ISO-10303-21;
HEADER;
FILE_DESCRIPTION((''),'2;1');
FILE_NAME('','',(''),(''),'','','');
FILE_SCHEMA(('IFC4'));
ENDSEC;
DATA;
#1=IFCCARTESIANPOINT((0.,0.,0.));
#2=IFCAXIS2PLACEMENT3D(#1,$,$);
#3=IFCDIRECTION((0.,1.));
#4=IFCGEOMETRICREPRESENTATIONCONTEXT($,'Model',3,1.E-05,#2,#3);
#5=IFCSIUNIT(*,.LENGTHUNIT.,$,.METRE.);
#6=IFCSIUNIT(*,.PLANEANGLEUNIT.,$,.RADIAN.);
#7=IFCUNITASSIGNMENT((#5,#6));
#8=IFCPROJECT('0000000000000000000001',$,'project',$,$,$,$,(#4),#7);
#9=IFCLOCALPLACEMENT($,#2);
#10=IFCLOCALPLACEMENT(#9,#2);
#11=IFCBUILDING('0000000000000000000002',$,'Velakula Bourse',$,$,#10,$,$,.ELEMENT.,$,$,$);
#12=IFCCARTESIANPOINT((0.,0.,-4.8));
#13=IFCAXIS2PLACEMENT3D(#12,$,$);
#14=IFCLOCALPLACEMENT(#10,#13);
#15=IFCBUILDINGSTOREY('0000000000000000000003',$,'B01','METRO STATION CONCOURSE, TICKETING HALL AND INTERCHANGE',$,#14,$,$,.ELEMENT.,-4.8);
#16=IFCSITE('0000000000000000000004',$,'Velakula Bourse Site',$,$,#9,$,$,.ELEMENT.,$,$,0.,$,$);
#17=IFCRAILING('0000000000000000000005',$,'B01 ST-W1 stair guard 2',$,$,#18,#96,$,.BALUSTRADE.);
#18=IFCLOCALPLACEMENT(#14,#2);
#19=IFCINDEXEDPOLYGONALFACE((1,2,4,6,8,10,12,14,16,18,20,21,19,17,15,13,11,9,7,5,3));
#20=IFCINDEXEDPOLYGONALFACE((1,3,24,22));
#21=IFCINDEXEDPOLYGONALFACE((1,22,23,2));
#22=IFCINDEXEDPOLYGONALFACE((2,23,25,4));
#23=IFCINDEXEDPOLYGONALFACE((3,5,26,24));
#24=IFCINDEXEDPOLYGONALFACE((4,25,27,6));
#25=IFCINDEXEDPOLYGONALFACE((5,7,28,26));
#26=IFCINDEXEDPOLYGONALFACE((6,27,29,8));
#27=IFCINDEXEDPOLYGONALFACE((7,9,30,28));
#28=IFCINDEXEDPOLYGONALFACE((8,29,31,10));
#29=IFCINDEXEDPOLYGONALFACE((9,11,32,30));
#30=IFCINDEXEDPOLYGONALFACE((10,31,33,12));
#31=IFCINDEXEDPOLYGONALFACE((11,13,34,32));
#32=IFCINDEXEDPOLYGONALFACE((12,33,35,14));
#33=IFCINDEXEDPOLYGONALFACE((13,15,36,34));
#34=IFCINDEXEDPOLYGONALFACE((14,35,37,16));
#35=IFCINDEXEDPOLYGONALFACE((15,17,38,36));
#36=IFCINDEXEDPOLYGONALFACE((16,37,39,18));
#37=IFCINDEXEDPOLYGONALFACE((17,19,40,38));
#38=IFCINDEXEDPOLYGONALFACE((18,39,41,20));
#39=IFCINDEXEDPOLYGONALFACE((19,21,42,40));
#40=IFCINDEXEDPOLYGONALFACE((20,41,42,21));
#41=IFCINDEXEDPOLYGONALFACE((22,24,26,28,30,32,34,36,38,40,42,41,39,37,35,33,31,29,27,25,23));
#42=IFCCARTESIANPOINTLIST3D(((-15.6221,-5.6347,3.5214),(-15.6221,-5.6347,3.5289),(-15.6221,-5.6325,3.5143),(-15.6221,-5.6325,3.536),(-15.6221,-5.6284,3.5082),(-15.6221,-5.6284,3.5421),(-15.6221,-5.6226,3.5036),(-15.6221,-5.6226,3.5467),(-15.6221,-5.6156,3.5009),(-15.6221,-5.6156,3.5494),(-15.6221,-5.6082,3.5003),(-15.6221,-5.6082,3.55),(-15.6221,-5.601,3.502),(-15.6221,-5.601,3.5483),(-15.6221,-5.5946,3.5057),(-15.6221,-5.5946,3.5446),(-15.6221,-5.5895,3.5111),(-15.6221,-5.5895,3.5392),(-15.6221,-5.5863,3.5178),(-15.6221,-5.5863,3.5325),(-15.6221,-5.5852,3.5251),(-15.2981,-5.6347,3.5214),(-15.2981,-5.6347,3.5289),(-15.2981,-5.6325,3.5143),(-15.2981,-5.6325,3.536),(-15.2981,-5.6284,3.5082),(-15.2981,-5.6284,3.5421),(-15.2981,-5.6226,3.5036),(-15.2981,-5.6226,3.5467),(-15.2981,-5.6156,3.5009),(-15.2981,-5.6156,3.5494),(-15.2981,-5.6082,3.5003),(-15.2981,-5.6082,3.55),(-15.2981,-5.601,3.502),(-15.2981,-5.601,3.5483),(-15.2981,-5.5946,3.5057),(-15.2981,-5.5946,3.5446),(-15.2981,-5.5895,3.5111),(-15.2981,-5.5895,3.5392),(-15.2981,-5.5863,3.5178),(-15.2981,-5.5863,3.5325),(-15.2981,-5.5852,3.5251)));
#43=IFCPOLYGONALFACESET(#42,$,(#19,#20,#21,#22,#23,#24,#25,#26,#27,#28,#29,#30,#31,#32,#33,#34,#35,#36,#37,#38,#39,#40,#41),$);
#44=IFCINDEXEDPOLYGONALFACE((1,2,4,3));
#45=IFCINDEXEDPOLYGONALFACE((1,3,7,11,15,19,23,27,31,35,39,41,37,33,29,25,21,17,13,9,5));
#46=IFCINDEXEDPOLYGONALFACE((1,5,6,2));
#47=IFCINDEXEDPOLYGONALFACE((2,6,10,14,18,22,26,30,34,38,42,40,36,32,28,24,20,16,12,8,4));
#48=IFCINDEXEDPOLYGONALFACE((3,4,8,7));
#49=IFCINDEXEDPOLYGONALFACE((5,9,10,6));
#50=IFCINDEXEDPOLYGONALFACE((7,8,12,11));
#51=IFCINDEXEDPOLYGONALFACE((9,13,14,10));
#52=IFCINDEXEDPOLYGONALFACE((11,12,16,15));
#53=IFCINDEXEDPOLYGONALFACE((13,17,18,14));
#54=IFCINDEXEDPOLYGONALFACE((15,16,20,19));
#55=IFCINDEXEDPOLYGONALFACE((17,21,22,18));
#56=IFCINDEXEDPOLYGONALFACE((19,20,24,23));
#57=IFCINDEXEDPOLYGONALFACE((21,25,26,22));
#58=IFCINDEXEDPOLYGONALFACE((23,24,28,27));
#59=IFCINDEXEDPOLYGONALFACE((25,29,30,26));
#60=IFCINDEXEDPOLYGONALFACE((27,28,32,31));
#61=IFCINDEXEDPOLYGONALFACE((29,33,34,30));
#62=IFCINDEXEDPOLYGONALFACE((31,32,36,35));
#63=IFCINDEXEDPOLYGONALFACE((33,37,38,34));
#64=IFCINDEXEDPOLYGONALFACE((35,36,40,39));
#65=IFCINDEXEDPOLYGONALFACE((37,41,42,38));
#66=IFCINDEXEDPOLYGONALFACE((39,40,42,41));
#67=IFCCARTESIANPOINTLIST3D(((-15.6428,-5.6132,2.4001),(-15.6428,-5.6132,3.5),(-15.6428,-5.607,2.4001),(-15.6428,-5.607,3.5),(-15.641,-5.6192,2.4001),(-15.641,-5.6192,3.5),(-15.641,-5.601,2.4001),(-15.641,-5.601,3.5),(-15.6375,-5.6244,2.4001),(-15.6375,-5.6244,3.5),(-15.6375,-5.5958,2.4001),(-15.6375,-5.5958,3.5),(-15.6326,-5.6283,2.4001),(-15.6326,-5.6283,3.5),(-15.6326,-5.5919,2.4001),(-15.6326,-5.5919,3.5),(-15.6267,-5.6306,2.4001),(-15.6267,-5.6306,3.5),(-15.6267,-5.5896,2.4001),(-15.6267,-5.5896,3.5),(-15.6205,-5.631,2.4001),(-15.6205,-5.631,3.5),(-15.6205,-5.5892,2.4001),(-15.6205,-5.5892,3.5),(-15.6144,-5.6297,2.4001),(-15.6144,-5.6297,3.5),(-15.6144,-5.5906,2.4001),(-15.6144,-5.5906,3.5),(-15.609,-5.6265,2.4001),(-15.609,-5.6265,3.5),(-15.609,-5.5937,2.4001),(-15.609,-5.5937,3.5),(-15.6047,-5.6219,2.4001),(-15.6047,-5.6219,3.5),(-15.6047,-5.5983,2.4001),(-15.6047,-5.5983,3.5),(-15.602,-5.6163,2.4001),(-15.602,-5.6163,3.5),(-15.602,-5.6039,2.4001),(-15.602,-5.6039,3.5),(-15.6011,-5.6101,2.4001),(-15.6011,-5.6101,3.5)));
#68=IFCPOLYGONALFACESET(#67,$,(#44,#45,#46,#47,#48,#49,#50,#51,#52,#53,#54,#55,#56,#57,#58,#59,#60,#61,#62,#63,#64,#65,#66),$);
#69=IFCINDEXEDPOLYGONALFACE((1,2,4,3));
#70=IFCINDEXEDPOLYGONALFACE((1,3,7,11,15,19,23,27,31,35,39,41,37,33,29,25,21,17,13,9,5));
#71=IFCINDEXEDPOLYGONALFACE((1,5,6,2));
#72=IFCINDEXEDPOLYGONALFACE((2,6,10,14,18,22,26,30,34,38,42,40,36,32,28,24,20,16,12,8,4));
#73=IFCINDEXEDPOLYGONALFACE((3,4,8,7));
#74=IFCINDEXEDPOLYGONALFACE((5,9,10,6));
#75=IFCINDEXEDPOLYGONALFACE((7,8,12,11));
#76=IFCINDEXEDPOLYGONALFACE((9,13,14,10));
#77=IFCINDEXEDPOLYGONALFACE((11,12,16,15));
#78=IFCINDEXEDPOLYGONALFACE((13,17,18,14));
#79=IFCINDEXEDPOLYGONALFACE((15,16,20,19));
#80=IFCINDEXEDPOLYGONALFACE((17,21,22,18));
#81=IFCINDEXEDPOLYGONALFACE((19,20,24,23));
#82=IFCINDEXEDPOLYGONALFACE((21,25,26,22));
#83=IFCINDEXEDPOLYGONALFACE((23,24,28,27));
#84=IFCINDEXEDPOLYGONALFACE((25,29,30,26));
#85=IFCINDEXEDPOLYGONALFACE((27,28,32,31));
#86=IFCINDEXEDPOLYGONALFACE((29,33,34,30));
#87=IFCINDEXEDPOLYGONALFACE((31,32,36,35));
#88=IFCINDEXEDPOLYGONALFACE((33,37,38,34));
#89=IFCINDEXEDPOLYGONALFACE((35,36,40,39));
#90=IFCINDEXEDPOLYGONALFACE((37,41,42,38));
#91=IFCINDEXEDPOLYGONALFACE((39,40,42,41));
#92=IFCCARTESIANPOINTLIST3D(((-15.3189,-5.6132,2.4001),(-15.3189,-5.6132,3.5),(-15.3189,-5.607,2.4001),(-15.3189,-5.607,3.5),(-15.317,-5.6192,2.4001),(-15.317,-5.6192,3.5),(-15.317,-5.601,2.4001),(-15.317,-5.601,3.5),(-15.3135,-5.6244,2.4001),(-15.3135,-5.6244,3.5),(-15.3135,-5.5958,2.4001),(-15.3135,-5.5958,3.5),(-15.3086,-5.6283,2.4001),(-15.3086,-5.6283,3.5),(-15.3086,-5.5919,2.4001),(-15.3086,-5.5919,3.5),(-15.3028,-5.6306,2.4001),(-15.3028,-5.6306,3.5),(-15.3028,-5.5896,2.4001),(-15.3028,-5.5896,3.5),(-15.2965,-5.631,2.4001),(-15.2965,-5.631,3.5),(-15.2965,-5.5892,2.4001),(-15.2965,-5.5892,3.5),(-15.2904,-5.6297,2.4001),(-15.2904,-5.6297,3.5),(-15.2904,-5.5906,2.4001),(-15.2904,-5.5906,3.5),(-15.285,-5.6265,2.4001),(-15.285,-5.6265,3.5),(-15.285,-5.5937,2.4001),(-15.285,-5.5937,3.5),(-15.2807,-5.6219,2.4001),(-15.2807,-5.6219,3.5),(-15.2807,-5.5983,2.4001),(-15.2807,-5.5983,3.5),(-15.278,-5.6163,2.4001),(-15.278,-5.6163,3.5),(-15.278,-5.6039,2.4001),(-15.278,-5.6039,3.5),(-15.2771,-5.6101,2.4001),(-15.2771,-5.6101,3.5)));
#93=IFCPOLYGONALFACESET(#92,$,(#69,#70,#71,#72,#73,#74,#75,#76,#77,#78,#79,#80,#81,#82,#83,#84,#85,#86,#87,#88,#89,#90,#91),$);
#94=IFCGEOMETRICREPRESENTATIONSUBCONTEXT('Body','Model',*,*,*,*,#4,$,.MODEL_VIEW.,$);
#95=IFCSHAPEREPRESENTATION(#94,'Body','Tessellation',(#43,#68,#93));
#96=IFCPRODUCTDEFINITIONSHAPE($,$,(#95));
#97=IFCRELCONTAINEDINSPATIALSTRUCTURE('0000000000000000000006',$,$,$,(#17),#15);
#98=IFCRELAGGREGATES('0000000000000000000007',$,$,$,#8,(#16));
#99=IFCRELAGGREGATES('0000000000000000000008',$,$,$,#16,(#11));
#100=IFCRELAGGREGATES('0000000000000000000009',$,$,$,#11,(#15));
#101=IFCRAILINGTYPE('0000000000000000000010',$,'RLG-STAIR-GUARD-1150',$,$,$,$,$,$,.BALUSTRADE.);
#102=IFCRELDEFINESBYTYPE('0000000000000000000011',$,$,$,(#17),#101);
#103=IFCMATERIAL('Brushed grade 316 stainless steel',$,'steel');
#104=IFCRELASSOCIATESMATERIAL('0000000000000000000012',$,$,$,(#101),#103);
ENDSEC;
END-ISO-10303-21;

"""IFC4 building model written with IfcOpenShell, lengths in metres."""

from ifc_helpers import new_model, si_unit, direction, frame, origin, origin_2d, place, context, subcontext, project, spatial, circle, extrude, material, type_object, element, save


model = new_model("IFC4")

# Units and contexts
model_context = context("Model", 3, precision=1e-05, world=origin(), true_north=direction((0.0, 1.0)))
body_context = subcontext(model_context, "Body", "Model", "MODEL_VIEW")
ifc_project = project(units=[si_unit("LENGTHUNIT", "METRE"), si_unit("PLANEANGLEUNIT", "RADIAN")], contexts=[model_context])

# Site, building, storey
site_placement = place(None, origin())
site = spatial("IfcSite", under=ifc_project, at=site_placement, Name="Velakula Bourse Site", CompositionType="ELEMENT", RefElevation=0.0)
building_placement = place(site_placement, origin())
building = spatial("IfcBuilding", under=site, at=building_placement, Name="Velakula Bourse", CompositionType="ELEMENT")
storey_placement = place(building_placement, frame((0.0, 0.0, -4.8)))
storey = spatial("IfcBuildingStorey", under=building, at=storey_placement, Name="B01", Description="METRO STATION CONCOURSE, TICKETING HALL AND INTERCHANGE", CompositionType="ELEMENT", Elevation=-4.8)

# Shared definitions
ifc_material_1 = material(Name="Brushed grade 316 stainless steel", Category="steel")

# Railing
railing_type_1 = type_object("IfcRailingType", Name="RLG-STAIR-GUARD-1150", PredefinedType="BALUSTRADE", material=ifc_material_1)
railing_1_placement = place(storey_placement, frame((-15.6221, -5.6101, 2.4001)))
element("IfcRailing", 1, at=railing_1_placement, inside=storey, type_object=railing_type_1, Name="B01 ST-W1 stair guard 2", PredefinedType="BALUSTRADE", context=body_context, shape_type="SweptSolid", body=[
    extrude(circle(Radius=0.0249, at=origin_2d()), frame((0.0, 0.0, 1.125), z_axis=(1.0, 0.0, 0.0), x_axis=(0.0, 1.0, 0.0)), (0.0, 0.0, 1.0), 0.324),
    extrude(circle(Radius=0.021, at=origin_2d()), origin(), (0.0, 0.0, 1.0), 1.0999),
    extrude(circle(Radius=0.021, at=origin_2d()), frame((0.324, 0.0, 0.0)), (0.0, 0.0, 1.0), 1.0999),
])

save(model, "model.ifc")
